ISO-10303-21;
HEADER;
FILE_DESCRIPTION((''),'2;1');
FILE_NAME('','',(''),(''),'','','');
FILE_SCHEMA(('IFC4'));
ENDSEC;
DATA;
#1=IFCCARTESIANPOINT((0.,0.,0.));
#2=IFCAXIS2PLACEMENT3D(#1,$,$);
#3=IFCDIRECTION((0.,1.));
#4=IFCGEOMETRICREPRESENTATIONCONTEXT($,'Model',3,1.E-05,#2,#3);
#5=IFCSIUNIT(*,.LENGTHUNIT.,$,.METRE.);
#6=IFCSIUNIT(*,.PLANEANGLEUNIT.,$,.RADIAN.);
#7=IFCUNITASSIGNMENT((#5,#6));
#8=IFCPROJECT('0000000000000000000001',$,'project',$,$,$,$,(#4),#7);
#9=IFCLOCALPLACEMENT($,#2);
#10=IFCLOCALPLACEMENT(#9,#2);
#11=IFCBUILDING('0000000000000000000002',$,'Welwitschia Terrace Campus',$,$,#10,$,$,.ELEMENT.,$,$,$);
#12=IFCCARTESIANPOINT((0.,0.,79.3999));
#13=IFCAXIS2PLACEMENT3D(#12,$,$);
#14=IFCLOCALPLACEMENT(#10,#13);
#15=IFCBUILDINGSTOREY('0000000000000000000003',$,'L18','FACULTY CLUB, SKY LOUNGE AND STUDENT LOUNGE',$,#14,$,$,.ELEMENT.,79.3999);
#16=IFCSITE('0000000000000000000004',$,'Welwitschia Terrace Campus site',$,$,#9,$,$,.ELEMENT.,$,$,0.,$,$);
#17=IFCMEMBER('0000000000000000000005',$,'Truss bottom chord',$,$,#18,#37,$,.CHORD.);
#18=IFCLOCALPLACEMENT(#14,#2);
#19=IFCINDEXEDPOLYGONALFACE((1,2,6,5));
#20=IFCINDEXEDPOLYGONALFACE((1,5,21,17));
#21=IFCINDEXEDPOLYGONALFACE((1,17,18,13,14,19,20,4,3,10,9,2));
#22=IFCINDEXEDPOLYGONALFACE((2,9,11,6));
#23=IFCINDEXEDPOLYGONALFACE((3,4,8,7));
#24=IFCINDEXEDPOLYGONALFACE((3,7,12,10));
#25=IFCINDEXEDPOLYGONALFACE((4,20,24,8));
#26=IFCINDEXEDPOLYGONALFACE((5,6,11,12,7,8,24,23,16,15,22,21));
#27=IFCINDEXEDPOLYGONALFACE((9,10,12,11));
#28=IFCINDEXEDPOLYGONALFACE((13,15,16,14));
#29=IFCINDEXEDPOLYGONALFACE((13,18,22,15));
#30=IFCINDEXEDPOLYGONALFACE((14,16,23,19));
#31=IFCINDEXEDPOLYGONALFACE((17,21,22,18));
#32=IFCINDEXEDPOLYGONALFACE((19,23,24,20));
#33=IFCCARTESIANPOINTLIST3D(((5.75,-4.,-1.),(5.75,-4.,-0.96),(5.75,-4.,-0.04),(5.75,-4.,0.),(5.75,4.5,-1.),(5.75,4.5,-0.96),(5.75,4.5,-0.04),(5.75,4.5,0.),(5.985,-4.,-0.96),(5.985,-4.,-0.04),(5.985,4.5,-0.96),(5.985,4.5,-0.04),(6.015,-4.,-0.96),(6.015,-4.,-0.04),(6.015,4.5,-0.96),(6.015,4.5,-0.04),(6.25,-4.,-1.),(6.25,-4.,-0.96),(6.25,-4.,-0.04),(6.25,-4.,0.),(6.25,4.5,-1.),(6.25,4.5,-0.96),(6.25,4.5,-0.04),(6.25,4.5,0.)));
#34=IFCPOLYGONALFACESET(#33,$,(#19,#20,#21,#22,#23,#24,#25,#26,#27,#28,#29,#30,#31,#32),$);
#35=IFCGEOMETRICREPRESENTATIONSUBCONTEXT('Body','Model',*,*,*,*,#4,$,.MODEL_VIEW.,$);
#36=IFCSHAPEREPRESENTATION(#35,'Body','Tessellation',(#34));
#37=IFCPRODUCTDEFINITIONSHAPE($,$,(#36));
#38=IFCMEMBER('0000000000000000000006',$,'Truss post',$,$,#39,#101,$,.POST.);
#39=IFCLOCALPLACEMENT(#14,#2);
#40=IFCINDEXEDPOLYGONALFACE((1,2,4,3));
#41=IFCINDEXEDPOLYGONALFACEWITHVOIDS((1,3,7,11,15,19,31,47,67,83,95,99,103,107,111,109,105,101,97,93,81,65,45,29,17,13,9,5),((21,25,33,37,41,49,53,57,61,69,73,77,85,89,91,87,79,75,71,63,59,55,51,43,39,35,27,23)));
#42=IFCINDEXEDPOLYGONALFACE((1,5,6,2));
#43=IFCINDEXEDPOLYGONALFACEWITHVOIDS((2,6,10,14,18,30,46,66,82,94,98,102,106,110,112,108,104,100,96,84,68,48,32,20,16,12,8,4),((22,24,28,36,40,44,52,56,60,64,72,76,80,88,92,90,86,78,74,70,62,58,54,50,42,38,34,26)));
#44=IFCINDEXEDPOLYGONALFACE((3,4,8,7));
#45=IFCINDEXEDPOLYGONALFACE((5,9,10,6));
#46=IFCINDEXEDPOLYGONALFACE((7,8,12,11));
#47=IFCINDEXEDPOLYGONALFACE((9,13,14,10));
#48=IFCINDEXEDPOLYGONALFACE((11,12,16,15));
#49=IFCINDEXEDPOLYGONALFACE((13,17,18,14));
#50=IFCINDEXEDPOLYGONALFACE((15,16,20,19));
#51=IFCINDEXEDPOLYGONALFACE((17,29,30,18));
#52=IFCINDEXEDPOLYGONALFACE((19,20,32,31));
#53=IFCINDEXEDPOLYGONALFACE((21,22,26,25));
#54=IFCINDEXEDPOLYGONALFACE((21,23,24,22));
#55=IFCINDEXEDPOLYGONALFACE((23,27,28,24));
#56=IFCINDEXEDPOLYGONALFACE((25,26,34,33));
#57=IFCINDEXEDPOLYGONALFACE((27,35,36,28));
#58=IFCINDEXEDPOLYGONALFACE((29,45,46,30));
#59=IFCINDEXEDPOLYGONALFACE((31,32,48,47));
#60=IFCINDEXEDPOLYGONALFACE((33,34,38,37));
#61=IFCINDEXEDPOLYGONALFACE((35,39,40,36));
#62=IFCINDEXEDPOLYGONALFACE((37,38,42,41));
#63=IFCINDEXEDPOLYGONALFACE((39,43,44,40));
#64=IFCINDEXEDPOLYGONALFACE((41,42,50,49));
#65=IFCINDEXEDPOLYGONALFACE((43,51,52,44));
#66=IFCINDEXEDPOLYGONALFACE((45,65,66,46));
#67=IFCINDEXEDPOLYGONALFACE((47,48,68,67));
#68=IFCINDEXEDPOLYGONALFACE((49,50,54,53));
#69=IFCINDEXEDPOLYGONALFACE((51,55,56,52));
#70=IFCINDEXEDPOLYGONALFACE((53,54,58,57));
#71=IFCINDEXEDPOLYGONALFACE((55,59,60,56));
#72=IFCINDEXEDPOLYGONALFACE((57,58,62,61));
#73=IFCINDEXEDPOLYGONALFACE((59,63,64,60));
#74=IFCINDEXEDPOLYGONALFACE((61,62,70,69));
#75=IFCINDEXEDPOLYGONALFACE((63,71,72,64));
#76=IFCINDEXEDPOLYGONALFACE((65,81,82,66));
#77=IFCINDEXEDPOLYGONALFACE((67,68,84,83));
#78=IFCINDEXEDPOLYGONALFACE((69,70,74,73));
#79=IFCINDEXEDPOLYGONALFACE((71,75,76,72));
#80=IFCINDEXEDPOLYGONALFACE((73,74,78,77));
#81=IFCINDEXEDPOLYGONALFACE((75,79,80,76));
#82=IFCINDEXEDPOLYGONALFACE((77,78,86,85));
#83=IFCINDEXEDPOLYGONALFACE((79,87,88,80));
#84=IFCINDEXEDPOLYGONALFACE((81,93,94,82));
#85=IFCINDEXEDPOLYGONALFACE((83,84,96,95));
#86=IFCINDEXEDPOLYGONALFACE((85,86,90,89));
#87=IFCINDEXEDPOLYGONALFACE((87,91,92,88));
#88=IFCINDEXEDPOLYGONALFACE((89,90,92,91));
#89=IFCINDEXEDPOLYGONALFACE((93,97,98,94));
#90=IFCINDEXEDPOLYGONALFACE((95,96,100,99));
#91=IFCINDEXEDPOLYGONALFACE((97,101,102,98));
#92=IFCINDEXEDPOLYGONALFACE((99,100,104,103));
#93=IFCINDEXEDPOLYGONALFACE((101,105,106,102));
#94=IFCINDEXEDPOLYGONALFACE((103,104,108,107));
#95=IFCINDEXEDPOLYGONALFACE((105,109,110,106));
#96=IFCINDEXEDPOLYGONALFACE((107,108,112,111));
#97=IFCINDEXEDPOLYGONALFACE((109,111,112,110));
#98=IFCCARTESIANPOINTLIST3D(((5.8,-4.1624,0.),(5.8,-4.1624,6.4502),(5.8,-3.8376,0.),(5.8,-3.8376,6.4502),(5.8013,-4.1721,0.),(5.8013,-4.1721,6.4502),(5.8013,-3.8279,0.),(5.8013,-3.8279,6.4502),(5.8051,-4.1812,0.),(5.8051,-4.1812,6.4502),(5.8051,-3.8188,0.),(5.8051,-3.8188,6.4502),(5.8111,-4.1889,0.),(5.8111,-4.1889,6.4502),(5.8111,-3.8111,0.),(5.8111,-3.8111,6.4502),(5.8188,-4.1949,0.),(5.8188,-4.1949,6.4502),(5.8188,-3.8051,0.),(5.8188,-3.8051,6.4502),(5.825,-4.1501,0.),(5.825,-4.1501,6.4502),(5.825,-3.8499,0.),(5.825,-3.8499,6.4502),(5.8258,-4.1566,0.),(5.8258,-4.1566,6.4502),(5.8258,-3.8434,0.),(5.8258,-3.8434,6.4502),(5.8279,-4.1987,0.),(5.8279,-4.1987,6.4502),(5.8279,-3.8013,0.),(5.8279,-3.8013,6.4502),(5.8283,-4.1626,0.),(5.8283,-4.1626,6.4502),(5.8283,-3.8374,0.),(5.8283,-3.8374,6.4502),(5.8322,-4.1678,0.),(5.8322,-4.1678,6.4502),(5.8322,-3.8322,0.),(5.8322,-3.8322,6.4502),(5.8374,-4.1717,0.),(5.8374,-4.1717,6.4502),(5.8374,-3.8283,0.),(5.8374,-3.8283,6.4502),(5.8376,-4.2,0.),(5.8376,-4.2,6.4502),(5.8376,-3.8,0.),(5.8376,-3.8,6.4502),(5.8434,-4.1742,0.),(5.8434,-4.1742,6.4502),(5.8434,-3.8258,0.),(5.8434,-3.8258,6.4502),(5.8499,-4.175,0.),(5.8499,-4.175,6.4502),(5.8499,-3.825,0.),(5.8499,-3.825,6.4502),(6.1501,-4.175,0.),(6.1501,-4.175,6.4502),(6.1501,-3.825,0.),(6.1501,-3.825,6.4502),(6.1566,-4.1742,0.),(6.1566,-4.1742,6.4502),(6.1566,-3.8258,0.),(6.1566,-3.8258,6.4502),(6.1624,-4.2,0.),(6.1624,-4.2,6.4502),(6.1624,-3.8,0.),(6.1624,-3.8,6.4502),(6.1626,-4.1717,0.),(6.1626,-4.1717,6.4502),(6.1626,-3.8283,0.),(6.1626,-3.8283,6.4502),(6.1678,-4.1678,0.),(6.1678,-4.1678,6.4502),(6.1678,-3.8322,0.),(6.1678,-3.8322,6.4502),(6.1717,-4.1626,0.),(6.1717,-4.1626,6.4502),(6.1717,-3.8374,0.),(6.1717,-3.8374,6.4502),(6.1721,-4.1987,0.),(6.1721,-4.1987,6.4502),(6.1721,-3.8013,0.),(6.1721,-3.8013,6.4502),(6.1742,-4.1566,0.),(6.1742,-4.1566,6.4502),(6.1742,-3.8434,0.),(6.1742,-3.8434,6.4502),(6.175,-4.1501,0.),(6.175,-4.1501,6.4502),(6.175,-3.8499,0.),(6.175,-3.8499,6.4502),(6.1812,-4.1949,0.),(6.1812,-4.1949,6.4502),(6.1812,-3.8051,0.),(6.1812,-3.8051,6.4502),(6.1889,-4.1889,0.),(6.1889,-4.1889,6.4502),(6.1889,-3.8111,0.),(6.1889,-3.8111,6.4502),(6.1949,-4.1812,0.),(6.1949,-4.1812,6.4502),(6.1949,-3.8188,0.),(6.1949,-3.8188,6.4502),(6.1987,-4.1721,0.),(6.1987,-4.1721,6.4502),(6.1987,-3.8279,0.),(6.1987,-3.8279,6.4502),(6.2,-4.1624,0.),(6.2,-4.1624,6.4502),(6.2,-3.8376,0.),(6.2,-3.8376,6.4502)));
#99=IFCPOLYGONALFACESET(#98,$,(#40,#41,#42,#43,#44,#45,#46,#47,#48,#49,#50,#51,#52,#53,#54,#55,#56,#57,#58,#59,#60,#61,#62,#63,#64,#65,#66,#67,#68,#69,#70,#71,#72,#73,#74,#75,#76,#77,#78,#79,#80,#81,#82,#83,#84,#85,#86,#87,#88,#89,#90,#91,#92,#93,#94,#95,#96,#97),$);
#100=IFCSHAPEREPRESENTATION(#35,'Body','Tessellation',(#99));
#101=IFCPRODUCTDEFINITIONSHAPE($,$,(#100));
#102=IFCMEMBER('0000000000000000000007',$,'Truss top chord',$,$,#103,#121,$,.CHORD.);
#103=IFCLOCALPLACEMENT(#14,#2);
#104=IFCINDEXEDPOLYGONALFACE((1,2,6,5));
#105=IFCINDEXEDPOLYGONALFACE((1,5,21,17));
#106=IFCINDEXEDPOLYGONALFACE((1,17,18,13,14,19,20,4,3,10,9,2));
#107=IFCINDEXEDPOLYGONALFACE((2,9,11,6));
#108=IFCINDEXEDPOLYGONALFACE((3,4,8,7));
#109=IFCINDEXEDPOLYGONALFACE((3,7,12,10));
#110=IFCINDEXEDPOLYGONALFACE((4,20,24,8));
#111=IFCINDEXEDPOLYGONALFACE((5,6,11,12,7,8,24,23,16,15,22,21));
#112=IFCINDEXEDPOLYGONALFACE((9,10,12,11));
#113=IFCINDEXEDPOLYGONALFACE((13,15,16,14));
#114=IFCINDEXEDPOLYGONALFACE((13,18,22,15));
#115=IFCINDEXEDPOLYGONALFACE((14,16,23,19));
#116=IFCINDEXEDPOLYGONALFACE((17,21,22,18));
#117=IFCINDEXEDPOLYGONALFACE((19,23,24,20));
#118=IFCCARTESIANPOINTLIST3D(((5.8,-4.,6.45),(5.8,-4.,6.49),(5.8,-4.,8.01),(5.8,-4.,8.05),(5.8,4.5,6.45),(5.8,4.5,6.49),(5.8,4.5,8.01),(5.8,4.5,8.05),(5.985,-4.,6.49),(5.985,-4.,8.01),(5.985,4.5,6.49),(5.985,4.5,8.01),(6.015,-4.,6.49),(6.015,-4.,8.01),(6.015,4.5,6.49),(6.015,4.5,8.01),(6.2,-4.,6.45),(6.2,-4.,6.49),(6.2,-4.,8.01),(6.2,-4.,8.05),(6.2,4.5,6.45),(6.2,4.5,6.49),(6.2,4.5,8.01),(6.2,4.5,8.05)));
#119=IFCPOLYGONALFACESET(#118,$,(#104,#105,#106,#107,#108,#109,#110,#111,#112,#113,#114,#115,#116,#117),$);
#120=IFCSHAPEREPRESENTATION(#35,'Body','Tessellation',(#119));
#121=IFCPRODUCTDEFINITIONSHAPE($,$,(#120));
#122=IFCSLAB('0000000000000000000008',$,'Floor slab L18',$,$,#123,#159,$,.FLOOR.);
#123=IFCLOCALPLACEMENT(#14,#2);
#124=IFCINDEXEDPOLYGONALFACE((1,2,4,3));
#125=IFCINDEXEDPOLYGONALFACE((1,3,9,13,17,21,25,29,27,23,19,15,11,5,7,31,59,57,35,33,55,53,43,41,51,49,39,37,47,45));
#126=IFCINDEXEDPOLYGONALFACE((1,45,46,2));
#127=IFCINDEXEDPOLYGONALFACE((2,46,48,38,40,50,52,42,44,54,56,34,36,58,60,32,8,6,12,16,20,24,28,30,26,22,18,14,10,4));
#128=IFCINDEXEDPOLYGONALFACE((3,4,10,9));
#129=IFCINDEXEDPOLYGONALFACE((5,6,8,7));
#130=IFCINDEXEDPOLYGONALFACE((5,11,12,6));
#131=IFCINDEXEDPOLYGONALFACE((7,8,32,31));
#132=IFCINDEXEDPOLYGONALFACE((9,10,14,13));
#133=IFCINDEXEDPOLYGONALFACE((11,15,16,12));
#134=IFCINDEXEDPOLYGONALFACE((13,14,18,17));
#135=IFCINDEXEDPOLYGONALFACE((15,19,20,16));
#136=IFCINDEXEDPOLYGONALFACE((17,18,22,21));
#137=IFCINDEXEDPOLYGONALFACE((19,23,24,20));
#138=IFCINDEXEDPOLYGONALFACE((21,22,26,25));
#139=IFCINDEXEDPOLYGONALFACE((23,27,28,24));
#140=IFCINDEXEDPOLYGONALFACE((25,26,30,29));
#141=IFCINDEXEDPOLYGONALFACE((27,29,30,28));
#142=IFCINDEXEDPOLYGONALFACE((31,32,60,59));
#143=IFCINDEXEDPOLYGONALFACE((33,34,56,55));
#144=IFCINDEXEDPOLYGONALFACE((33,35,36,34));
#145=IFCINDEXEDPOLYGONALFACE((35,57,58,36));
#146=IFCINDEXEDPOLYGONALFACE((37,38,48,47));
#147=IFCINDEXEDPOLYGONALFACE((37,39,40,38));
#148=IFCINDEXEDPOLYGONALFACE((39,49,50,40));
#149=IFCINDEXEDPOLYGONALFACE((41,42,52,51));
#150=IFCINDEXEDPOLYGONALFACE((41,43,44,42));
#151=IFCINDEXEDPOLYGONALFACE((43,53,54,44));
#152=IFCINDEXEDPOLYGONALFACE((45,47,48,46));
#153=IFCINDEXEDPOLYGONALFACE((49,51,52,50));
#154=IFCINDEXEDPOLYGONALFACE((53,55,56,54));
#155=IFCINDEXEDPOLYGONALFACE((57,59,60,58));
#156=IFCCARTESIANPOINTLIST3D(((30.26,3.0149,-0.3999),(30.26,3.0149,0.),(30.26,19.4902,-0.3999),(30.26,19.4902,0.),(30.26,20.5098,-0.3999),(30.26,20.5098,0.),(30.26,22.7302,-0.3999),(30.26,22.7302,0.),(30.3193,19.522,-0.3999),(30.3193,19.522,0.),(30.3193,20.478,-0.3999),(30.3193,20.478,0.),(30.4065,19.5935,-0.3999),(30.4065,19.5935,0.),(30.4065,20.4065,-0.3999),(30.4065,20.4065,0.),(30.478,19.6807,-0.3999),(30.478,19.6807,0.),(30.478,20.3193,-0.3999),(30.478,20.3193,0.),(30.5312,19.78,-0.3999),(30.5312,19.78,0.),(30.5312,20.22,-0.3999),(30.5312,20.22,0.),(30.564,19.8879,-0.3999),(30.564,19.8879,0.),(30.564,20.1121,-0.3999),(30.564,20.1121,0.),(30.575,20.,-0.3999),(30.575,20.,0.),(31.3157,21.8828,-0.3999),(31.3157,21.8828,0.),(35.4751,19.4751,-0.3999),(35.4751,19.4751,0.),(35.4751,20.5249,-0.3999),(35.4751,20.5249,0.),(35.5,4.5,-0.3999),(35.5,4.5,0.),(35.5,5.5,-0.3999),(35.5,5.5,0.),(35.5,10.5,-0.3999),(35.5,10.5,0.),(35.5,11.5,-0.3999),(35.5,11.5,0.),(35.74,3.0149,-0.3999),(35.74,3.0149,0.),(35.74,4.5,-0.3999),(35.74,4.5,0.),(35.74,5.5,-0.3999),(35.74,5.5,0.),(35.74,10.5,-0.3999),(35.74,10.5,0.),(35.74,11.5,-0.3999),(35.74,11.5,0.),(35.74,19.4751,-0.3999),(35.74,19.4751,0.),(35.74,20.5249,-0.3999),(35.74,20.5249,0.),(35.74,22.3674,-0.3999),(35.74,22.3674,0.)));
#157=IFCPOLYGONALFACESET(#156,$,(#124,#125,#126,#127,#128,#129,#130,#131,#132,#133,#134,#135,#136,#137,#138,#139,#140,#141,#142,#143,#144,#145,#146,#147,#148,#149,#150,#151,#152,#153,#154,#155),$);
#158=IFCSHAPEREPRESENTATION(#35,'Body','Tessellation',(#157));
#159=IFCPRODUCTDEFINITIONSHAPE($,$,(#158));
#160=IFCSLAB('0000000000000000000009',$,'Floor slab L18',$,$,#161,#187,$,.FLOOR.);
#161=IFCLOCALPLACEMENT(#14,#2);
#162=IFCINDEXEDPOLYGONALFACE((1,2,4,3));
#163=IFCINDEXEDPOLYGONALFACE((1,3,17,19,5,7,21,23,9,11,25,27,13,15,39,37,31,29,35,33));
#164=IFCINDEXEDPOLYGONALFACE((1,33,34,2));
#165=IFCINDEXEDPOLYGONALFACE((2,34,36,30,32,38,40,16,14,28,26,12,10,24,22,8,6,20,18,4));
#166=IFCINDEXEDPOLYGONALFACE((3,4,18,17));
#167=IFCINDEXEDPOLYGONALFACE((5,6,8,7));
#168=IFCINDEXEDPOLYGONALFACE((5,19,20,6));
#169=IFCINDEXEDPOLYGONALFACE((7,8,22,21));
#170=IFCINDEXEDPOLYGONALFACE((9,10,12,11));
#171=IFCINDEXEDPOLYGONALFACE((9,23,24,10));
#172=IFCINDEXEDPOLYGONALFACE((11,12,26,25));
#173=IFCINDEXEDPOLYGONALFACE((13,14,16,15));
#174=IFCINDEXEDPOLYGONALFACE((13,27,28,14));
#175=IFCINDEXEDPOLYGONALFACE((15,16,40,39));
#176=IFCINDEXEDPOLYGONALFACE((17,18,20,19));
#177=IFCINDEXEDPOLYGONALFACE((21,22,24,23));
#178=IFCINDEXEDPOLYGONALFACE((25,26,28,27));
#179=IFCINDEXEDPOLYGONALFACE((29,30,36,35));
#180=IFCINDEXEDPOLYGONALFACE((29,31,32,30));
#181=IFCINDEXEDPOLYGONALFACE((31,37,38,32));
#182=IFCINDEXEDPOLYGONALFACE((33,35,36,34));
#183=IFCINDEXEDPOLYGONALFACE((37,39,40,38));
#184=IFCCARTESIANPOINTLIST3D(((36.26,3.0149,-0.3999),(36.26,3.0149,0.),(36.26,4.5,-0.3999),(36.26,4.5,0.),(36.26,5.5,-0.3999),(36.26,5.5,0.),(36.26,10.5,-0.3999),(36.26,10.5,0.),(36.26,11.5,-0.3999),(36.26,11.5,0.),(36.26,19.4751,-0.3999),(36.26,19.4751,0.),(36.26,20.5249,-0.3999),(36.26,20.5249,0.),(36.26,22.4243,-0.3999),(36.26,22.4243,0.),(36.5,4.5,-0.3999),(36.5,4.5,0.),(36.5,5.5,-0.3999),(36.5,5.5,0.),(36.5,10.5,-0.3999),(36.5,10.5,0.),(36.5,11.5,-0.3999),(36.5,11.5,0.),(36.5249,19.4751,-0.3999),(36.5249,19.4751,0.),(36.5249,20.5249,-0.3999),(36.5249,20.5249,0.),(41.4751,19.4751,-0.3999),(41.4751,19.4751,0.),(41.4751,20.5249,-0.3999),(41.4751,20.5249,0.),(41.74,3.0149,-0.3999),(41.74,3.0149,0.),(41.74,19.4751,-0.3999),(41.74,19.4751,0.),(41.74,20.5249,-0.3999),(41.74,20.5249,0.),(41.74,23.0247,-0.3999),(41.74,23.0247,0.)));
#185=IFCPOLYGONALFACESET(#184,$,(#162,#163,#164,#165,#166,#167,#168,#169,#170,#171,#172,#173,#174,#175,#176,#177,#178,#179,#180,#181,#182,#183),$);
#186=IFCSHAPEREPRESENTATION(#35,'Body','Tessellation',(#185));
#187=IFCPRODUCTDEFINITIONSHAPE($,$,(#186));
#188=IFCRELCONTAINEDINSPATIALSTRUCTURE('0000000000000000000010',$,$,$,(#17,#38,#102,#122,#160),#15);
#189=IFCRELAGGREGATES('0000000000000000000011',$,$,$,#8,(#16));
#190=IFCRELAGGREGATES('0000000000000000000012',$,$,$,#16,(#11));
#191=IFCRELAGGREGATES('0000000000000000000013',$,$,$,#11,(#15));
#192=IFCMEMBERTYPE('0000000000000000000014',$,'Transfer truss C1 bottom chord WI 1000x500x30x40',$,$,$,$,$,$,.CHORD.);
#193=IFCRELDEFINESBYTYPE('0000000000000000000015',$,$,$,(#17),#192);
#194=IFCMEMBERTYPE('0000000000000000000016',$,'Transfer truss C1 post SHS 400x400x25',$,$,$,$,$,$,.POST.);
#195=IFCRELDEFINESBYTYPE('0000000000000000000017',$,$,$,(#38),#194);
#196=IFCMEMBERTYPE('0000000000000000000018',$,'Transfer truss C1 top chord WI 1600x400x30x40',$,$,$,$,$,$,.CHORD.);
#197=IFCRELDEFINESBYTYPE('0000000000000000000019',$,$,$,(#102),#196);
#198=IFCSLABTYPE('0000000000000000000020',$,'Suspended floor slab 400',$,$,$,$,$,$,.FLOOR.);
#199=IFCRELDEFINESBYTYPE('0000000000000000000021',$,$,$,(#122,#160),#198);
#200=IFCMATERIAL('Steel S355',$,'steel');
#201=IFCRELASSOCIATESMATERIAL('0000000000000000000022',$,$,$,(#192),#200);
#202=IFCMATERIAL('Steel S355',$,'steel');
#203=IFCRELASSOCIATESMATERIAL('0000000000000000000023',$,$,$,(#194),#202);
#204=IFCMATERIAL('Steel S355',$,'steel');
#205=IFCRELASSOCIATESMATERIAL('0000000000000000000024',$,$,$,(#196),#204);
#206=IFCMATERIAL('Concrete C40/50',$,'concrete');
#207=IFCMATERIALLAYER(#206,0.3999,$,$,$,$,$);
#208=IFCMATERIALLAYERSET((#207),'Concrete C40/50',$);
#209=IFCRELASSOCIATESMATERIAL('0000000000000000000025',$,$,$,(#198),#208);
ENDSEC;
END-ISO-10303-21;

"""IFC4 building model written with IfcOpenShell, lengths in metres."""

from ifc_helpers import new_model, si_unit, direction, frame, origin, origin_2d, place, context, subcontext, project, spatial, polyline, hollow_rectangle, i_section, outline, extrude, material, layer, layer_set, material_profile, profile_set, type_object, element, save


model = new_model("IFC4")

# Units and contexts
model_context = context("Model", 3, precision=1e-05, world=origin(), true_north=direction((0.0, 1.0)))
body_context = subcontext(model_context, "Body", "Model", "MODEL_VIEW")
ifc_project = project(units=[si_unit("LENGTHUNIT", "METRE"), si_unit("PLANEANGLEUNIT", "RADIAN")], contexts=[model_context])

# Site, building, storey
site_placement = place(None, origin())
site = spatial("IfcSite", under=ifc_project, at=site_placement, Name="Welwitschia Terrace Campus site", CompositionType="ELEMENT", RefElevation=0.0)
building_placement = place(site_placement, origin())
building = spatial("IfcBuilding", under=site, at=building_placement, Name="Welwitschia Terrace Campus", CompositionType="ELEMENT")
storey_placement = place(building_placement, frame((0.0, 0.0, 79.3999)))
storey = spatial("IfcBuildingStorey", under=building, at=storey_placement, Name="L18", Description="FACULTY CLUB, SKY LOUNGE AND STUDENT LOUNGE", CompositionType="ELEMENT", Elevation=79.3999)

# Members
ifc_material_1 = material(Name="Steel S355", Category="steel")
ifc_material_profile_1 = material_profile(ifc_material_1, i_section(OverallWidth=0.5, OverallDepth=1.0, WebThickness=0.03, FlangeThickness=0.04, at=origin_2d()))
ifc_profile_set_1 = profile_set([ifc_material_profile_1], Name="Steel S355")
member_type_1 = type_object("IfcMemberType", Name="Transfer truss C1 bottom chord WI 1000x500x30x40", PredefinedType="CHORD", material=ifc_profile_set_1)
member_1_placement = place(storey_placement, frame((6.0, -4.0, -0.5), z_axis=(0.0, 1.0, 0.0), x_axis=(-1.0, 0.0, 0.0)))
element("IfcMember", 1, at=member_1_placement, inside=storey, type_object=member_type_1, Name="Truss bottom chord", PredefinedType="CHORD", context=body_context, shape_type="SweptSolid", body=[
    extrude(i_section(OverallWidth=0.5, OverallDepth=1.0, WebThickness=0.03, FlangeThickness=0.04, at=origin_2d()), origin(), (0.0, 0.0, 1.0), 8.5),
])
ifc_material_2 = material(Name="Steel S355", Category="steel")
ifc_material_profile_2 = material_profile(ifc_material_2, hollow_rectangle(XDim=0.3999, YDim=0.3999, WallThickness=0.0249, InnerFilletRadius=0.0249, OuterFilletRadius=0.0376, at=origin_2d()))
ifc_profile_set_2 = profile_set([ifc_material_profile_2], Name="Steel S355")
member_type_2 = type_object("IfcMemberType", Name="Transfer truss C1 post SHS 400x400x25", PredefinedType="POST", material=ifc_profile_set_2)
member_2_placement = place(storey_placement, frame((6.0, -4.0, 0.0), z_axis=(0.0, 0.0, 1.0), x_axis=(1.0, 0.0, 0.0)))
element("IfcMember", 2, at=member_2_placement, inside=storey, type_object=member_type_2, Name="Truss post", PredefinedType="POST", context=body_context, shape_type="SweptSolid", body=[
    extrude(hollow_rectangle(XDim=0.3999, YDim=0.3999, WallThickness=0.0249, InnerFilletRadius=0.0249, OuterFilletRadius=0.0376, at=origin_2d()), origin(), (0.0, 0.0, 1.0), 6.4502),
])
ifc_material_3 = material(Name="Steel S355", Category="steel")
ifc_material_profile_3 = material_profile(ifc_material_3, i_section(OverallWidth=0.3999, OverallDepth=1.6001, WebThickness=0.03, FlangeThickness=0.04, at=origin_2d()))
ifc_profile_set_3 = profile_set([ifc_material_profile_3], Name="Steel S355")
member_type_3 = type_object("IfcMemberType", Name="Transfer truss C1 top chord WI 1600x400x30x40", PredefinedType="CHORD", material=ifc_profile_set_3)
member_3_placement = place(storey_placement, frame((6.0, -4.0, 7.25), z_axis=(0.0, 1.0, 0.0), x_axis=(-1.0, 0.0, 0.0)))
element("IfcMember", 3, at=member_3_placement, inside=storey, type_object=member_type_3, Name="Truss top chord", PredefinedType="CHORD", context=body_context, shape_type="SweptSolid", body=[
    extrude(i_section(OverallWidth=0.3999, OverallDepth=1.6001, WebThickness=0.03, FlangeThickness=0.04, at=origin_2d()), origin(), (0.0, 0.0, 1.0), 8.5),
])

# Slabs
ifc_material_4 = material(Name="Concrete C40/50", Category="concrete")
ifc_layer_1 = layer(ifc_material_4, 0.3999)
ifc_layer_set_1 = layer_set([ifc_layer_1], Name="Concrete C40/50")
slab_type_1 = type_object("IfcSlabType", Name="Suspended floor slab 400", PredefinedType="FLOOR", material=ifc_layer_set_1)
slab_1_placement = place(storey_placement, frame((0.0, 0.0, -0.3999)))
element("IfcSlab", 4, at=slab_1_placement, inside=storey, type_object=slab_type_1, Name="Floor slab L18", PredefinedType="FLOOR", context=body_context, shape_type="SweptSolid", body=[
    extrude(outline(polyline([(30.26, 19.4902), (30.3193, 19.522), (30.4065, 19.5935), (30.478, 19.6807), (30.5312, 19.78), (30.564, 19.8879), (30.575, 20.0), (30.564, 20.1121), (30.5312, 20.22), (30.478, 20.3193), (30.4065, 20.4065), (30.3193, 20.478), (30.26, 20.5098), (30.26, 22.7302), (31.3157, 21.8828), (35.74, 22.3674), (35.74, 20.5249), (35.4751, 20.5249), (35.4751, 19.4751), (35.74, 19.4751), (35.74, 11.5), (35.5, 11.5), (35.5, 10.5), (35.74, 10.5), (35.74, 5.5), (35.5, 5.5), (35.5, 4.5), (35.74, 4.5), (35.74, 3.0149), (30.26, 3.0149), (30.26, 19.4902)])), origin(), (0.0, 0.0, 1.0), 0.3999),
])
slab_2_placement = place(storey_placement, frame((0.0, 0.0, -0.3999)))
element("IfcSlab", 5, at=slab_2_placement, inside=storey, type_object=slab_type_1, Name="Floor slab L18", PredefinedType="FLOOR", context=body_context, shape_type="SweptSolid", body=[
    extrude(outline(polyline([(36.26, 4.5), (36.5, 4.5), (36.5, 5.5), (36.26, 5.5), (36.26, 10.5), (36.5, 10.5), (36.5, 11.5), (36.26, 11.5), (36.26, 19.4751), (36.5249, 19.4751), (36.5249, 20.5249), (36.26, 20.5249), (36.26, 22.4243), (41.74, 23.0247), (41.74, 20.5249), (41.4751, 20.5249), (41.4751, 19.4751), (41.74, 19.4751), (41.74, 3.0149), (36.26, 3.0149), (36.26, 4.5)])), origin(), (0.0, 0.0, 1.0), 0.3999),
])

save(model, "model.ifc")
